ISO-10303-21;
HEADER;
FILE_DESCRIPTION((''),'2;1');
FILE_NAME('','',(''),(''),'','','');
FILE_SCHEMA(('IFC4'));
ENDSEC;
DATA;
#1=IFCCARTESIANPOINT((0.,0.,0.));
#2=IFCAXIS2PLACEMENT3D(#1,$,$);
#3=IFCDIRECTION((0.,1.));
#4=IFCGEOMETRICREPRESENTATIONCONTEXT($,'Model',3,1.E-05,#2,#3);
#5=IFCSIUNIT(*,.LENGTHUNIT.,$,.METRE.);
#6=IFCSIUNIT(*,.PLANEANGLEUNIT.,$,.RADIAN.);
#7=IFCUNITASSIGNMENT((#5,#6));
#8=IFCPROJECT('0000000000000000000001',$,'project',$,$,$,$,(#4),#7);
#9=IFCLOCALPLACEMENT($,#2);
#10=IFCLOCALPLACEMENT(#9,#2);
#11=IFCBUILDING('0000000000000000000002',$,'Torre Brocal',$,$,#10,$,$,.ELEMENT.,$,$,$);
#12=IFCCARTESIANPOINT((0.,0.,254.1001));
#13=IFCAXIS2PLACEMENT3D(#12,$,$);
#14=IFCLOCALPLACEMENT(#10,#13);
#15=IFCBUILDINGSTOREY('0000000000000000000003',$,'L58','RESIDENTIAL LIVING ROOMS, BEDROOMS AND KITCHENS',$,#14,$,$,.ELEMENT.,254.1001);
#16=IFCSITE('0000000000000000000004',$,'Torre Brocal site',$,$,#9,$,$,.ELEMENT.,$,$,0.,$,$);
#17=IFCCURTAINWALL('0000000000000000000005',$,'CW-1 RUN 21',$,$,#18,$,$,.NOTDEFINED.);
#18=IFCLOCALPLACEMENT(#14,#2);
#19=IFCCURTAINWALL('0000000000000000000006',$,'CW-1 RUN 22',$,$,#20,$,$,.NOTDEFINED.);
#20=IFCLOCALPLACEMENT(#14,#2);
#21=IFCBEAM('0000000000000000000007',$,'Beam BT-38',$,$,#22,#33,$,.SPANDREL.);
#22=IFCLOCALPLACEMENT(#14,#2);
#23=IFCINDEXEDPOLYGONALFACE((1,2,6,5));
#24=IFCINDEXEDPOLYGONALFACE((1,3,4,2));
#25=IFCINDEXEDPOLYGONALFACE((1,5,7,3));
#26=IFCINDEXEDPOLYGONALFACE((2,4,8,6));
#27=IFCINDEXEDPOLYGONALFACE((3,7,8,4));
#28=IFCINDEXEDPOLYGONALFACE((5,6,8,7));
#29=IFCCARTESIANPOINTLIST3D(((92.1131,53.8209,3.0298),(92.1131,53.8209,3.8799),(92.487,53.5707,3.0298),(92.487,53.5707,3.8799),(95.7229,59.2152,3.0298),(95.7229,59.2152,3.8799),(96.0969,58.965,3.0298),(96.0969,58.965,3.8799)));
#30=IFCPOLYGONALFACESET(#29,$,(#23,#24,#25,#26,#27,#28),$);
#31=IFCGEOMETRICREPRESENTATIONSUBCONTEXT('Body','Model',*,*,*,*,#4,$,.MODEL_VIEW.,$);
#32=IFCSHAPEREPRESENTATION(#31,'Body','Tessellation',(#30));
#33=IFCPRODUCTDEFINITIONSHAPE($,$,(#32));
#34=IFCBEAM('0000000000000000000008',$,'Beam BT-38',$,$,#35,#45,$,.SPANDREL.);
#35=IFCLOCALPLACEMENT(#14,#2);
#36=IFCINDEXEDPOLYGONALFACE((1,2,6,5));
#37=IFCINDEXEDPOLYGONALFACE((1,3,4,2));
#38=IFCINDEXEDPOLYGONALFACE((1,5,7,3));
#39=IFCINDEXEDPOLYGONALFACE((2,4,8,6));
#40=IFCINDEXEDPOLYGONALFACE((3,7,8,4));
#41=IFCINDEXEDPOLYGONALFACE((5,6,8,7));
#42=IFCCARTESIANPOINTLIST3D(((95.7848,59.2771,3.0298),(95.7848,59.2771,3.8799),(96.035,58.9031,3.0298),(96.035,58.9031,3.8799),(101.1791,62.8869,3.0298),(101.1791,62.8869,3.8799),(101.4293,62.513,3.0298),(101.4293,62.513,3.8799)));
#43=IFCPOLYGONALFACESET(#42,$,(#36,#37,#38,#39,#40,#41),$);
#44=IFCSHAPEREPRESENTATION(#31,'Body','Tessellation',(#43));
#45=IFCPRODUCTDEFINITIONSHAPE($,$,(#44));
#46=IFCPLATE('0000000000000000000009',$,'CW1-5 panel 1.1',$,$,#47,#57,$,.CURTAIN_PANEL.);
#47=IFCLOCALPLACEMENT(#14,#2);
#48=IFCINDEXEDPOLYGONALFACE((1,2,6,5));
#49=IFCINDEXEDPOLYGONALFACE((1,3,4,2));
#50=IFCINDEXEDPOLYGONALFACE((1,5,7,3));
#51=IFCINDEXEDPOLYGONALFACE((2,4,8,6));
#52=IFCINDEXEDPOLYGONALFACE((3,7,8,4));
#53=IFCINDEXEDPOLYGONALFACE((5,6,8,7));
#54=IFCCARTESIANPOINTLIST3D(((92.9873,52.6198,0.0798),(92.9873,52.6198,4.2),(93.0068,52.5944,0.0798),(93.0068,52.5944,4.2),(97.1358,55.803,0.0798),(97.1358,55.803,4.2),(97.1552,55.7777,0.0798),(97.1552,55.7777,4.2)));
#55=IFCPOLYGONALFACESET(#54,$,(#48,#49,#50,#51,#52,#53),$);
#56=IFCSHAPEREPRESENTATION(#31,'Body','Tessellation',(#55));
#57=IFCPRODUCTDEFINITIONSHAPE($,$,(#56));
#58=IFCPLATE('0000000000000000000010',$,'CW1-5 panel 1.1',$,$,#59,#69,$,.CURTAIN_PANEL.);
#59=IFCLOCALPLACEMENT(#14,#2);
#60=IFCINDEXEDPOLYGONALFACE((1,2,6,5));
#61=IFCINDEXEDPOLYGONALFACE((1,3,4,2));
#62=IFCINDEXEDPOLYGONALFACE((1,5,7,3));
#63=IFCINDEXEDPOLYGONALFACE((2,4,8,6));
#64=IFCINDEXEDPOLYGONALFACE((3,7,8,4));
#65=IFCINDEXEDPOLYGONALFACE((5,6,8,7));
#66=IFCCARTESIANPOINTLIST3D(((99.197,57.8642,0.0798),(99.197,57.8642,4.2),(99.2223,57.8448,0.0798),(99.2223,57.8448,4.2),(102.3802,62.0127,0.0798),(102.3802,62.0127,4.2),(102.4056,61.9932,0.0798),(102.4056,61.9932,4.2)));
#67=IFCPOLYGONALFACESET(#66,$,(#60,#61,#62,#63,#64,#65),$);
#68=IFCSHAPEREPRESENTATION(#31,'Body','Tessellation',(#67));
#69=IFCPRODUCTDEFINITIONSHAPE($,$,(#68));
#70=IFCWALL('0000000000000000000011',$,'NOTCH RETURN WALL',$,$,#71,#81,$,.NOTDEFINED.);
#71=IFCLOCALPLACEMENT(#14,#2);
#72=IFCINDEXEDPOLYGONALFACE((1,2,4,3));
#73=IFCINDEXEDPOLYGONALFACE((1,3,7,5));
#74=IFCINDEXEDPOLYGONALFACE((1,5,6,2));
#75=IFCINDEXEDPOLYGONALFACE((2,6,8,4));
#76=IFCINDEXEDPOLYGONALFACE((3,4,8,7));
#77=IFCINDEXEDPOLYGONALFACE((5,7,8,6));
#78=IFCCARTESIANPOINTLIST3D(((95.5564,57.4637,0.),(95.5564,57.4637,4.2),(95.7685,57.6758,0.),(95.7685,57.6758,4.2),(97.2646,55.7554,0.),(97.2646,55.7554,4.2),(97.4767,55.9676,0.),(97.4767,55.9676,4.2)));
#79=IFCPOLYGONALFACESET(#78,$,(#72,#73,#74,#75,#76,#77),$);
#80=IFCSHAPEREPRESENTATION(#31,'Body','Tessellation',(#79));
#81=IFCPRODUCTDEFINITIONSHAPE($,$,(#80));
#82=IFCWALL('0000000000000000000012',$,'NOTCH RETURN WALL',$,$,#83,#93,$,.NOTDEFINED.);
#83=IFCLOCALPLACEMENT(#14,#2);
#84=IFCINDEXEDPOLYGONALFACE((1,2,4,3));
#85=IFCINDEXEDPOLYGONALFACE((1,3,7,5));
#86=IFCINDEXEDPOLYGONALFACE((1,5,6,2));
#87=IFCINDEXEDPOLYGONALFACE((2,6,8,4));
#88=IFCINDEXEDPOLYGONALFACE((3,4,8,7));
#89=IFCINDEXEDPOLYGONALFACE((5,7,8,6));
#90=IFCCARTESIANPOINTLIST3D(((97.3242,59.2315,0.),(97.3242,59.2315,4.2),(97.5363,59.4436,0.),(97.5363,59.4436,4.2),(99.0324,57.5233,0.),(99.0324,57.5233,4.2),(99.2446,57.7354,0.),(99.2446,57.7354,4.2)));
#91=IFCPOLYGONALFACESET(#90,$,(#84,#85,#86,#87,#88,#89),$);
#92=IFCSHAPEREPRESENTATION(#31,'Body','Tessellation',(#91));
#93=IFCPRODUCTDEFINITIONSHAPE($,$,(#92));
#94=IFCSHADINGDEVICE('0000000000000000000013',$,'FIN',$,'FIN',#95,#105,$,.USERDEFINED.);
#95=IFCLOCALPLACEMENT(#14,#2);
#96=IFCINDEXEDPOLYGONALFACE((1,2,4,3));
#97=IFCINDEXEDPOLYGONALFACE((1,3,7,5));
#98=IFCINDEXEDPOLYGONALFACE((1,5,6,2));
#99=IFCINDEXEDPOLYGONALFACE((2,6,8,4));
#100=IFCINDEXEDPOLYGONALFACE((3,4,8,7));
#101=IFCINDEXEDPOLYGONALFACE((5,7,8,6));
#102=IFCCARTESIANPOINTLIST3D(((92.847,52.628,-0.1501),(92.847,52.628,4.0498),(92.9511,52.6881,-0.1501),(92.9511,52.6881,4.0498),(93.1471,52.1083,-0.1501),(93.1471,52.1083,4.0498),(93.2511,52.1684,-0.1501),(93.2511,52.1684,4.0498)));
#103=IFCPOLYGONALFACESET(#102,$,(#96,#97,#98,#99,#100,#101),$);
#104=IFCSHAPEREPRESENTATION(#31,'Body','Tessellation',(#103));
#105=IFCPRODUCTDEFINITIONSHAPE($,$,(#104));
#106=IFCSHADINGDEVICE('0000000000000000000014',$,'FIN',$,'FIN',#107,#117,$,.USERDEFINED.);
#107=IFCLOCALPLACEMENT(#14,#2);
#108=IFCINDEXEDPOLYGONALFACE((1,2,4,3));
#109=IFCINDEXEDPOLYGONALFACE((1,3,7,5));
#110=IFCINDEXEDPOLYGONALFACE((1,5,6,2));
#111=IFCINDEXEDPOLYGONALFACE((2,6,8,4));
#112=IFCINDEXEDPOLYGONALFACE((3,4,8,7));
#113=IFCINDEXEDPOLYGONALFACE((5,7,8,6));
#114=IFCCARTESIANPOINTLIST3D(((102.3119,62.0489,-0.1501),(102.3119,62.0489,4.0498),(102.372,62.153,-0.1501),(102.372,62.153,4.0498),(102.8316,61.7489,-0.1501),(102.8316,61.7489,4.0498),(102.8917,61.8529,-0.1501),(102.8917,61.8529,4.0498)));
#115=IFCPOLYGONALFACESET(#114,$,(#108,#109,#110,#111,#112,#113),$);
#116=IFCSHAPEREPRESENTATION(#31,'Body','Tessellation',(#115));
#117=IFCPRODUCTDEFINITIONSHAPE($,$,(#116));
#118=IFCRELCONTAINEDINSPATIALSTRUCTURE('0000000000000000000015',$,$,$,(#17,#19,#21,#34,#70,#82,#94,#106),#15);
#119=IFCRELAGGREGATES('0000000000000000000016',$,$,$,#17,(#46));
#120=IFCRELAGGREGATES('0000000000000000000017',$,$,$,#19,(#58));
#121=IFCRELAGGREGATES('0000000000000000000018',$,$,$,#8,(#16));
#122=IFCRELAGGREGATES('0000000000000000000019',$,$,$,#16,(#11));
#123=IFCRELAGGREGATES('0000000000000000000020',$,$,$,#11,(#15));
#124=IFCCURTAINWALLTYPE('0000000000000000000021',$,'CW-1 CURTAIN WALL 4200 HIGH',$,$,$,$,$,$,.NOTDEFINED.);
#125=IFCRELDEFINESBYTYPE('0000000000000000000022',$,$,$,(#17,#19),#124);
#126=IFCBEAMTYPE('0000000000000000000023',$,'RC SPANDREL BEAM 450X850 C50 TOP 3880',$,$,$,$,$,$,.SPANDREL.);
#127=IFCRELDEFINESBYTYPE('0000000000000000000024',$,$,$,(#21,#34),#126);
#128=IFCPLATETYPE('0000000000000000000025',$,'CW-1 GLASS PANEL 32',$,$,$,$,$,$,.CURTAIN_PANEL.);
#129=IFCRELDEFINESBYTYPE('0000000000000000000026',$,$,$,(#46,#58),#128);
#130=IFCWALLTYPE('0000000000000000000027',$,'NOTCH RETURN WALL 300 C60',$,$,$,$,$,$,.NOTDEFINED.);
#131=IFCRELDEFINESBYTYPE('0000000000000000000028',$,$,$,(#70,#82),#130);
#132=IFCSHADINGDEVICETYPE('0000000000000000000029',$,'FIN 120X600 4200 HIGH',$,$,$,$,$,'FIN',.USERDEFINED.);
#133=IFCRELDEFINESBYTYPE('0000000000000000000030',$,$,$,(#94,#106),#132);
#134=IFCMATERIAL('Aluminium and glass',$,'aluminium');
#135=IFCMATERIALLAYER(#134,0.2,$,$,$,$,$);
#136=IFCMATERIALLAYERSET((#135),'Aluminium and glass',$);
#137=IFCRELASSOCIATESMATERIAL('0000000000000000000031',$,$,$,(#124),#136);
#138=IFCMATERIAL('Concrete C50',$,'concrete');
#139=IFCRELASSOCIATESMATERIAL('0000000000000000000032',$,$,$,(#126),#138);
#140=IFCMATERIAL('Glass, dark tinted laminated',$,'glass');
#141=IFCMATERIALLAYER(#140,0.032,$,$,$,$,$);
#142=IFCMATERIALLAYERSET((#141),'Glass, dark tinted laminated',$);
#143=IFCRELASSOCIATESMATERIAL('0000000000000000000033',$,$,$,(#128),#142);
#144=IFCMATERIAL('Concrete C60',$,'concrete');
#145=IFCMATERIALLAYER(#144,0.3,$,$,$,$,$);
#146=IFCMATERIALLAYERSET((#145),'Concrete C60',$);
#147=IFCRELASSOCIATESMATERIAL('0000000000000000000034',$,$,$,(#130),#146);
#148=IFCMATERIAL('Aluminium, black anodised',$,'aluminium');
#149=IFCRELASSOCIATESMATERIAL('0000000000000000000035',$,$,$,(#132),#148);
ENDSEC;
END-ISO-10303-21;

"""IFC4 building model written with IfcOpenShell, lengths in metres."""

from ifc_helpers import new_model, si_unit, direction, frame, frame_2d, origin, origin_2d, place, context, subcontext, project, spatial, rectangle, extrude, material, layer, layer_set, material_profile, profile_set, type_object, element, aggregate, save


model = new_model("IFC4")

# Units and contexts
model_context = context("Model", 3, precision=1e-05, world=origin(), true_north=direction((0.0, 1.0)))
body_context = subcontext(model_context, "Body", "Model", "MODEL_VIEW")
ifc_project = project(units=[si_unit("LENGTHUNIT", "METRE"), si_unit("PLANEANGLEUNIT", "RADIAN")], contexts=[model_context])

# Site, building, storey
site_placement = place(None, origin())
site = spatial("IfcSite", under=ifc_project, at=site_placement, Name="Torre Brocal site", CompositionType="ELEMENT", RefElevation=0.0)
building_placement = place(site_placement, origin())
building = spatial("IfcBuilding", under=site, at=building_placement, Name="Torre Brocal", CompositionType="ELEMENT")
storey_placement = place(building_placement, frame((0.0, 0.0, 254.1001)))
storey = spatial("IfcBuildingStorey", under=building, at=storey_placement, Name="L58", Description="RESIDENTIAL LIVING ROOMS, BEDROOMS AND KITCHENS", CompositionType="ELEMENT", Elevation=254.1001)

# Shared definitions
ifc_material_1 = material(Name="Aluminium and glass", Category="aluminium")
ifc_layer_1 = layer(ifc_material_1, 0.2)
ifc_layer_set_1 = layer_set([ifc_layer_1], Name="Aluminium and glass")
curtain_wall_type = type_object("IfcCurtainWallType", Name="CW-1 CURTAIN WALL 4200 HIGH", PredefinedType="NOTDEFINED", material=ifc_layer_set_1)

# Curtain walls
curtain_wall_1_placement = place(storey_placement, origin())
curtain_wall_1 = element("IfcCurtainWall", 1, at=curtain_wall_1_placement, inside=storey, type_object=curtain_wall_type, Name="CW-1 RUN 21", PredefinedType="NOTDEFINED")
curtain_wall_2_placement = place(storey_placement, origin())
curtain_wall_2 = element("IfcCurtainWall", 2, at=curtain_wall_2_placement, inside=storey, type_object=curtain_wall_type, Name="CW-1 RUN 22", PredefinedType="NOTDEFINED")

# Beams
ifc_material_2 = material(Name="Concrete C50", Category="concrete")
ifc_material_profile_1 = material_profile(ifc_material_2, rectangle(XDim=0.45, YDim=0.8501, at=origin_2d()), Name="RC 450X850")
ifc_profile_set_1 = profile_set([ifc_material_profile_1], Name="Concrete C50")
beam_type_1 = type_object("IfcBeamType", Name="RC SPANDREL BEAM 450X850 C50 TOP 3880", PredefinedType="SPANDREL", material=ifc_profile_set_1)
for number, where, z_axis, x_axis, name in (
    (3, (92.3, 53.6958, 3.4548), (0.556158, 0.831077, 0.0), (-0.831077, 0.556158, 0.0), "Beam BT-38"),
    (4, (95.9099, 59.0901, 3.4548), (0.831077, 0.556158, 0.0), (-0.556158, 0.831077, 0.0), "Beam BT-38"),
):
    element("IfcBeam", number, at=place(storey_placement, frame(where, z_axis=z_axis, x_axis=x_axis)), inside=storey, type_object=beam_type_1, Name=name, PredefinedType="SPANDREL", context=body_context, shape_type="SweptSolid", body=[
        extrude(rectangle(XDim=0.45, YDim=0.8501, at=origin_2d()), origin(), (0.0, 0.0, 1.0), 6.4907),
    ])

# Plates
ifc_material_3 = material(Name="Glass, dark tinted laminated", Category="glass")
ifc_layer_2 = layer(ifc_material_3, 0.032)
ifc_layer_set_2 = layer_set([ifc_layer_2], Name="Glass, dark tinted laminated")
plate_type = type_object("IfcPlateType", Name="CW-1 GLASS PANEL 32", PredefinedType="CURTAIN_PANEL", material=ifc_layer_set_2)
plate_1_placement = place(storey_placement, frame((95.0713, 54.1987, 0.0798), z_axis=(0.0, 0.0, 1.0), x_axis=(0.793353, 0.608761, 0.0)))
plate_1 = element("IfcPlate", 5, at=plate_1_placement, type_object=plate_type, Name="CW1-5 panel 1.1", PredefinedType="CURTAIN_PANEL", context=body_context, shape_type="SweptSolid", body=[
    extrude(rectangle(XDim=5.229, YDim=0.032, at=origin_2d()), origin(), (0.0, 0.0, 1.0), 4.1201),
])
aggregate(curtain_wall_1, [plate_1])
plate_2_placement = place(storey_placement, frame((100.8013, 59.9287, 0.0798), z_axis=(0.0, 0.0, 1.0), x_axis=(0.608761, 0.793353, 0.0)))
plate_2 = element("IfcPlate", 6, at=plate_2_placement, type_object=plate_type, Name="CW1-5 panel 1.1", PredefinedType="CURTAIN_PANEL", context=body_context, shape_type="SweptSolid", body=[
    extrude(rectangle(XDim=5.229, YDim=0.032, at=origin_2d()), origin(), (0.0, 0.0, 1.0), 4.1201),
])
aggregate(curtain_wall_2, [plate_2])

# Walls
ifc_material_4 = material(Name="Concrete C60", Category="concrete")
ifc_layer_3 = layer(ifc_material_4, 0.3)
ifc_layer_set_3 = layer_set([ifc_layer_3], Name="Concrete C60")
wall_type = type_object("IfcWallType", Name="NOTCH RETURN WALL 300 C60", PredefinedType="NOTDEFINED", material=ifc_layer_set_3)
for number, where, z_axis, x_axis, name in (
    (7, (95.6624, 57.5698, 0.0), (0.0, 0.0, 1.0), (0.707107, -0.707107, 0.0), "NOTCH RETURN WALL"),
    (8, (97.4302, 59.3376, 0.0), (0.0, 0.0, 1.0), (0.707107, -0.707107, 0.0), "NOTCH RETURN WALL"),
):
    element("IfcWall", number, at=place(storey_placement, frame(where, z_axis=z_axis, x_axis=x_axis)), inside=storey, type_object=wall_type, Name=name, PredefinedType="NOTDEFINED", context=body_context, shape_type="SweptSolid", body=[
        extrude(rectangle(XDim=2.4158, YDim=0.3, at=frame_2d((1.208, 0.0))), origin(), (0.0, 0.0, 1.0), 4.2),
    ])

# Shading devices
ifc_material_5 = material(Name="Aluminium, black anodised", Category="aluminium")
ifc_material_profile_2 = material_profile(ifc_material_5, rectangle(XDim=0.1201, YDim=0.6001, at=origin_2d()), Name="FIN 120X600 4200 HIGH")
ifc_profile_set_2 = profile_set([ifc_material_profile_2], Name="Aluminium, black anodised")
shading_device_type = type_object("IfcShadingDeviceType", Name="FIN 120X600 4200 HIGH", ElementType="FIN", PredefinedType="USERDEFINED", material=ifc_profile_set_2)
for number, where, z_axis, x_axis, name in (
    (9, (93.0491, 52.3982, -0.1501), (0.0, 0.0, 1.0), (0.866025, 0.5, 0.0), "FIN"),
    (10, (102.6018, 61.9509, -0.1501), (0.0, 0.0, 1.0), (0.5, 0.866025, 0.0), "FIN"),
):
    element("IfcShadingDevice", number, at=place(storey_placement, frame(where, z_axis=z_axis, x_axis=x_axis)), inside=storey, type_object=shading_device_type, Name=name, ObjectType="FIN", PredefinedType="USERDEFINED", context=body_context, shape_type="SweptSolid", body=[
        extrude(rectangle(XDim=0.1201, YDim=0.6001, at=origin_2d()), origin(), (0.0, 0.0, 1.0), 4.2),
    ])

save(model, "model.ifc")
